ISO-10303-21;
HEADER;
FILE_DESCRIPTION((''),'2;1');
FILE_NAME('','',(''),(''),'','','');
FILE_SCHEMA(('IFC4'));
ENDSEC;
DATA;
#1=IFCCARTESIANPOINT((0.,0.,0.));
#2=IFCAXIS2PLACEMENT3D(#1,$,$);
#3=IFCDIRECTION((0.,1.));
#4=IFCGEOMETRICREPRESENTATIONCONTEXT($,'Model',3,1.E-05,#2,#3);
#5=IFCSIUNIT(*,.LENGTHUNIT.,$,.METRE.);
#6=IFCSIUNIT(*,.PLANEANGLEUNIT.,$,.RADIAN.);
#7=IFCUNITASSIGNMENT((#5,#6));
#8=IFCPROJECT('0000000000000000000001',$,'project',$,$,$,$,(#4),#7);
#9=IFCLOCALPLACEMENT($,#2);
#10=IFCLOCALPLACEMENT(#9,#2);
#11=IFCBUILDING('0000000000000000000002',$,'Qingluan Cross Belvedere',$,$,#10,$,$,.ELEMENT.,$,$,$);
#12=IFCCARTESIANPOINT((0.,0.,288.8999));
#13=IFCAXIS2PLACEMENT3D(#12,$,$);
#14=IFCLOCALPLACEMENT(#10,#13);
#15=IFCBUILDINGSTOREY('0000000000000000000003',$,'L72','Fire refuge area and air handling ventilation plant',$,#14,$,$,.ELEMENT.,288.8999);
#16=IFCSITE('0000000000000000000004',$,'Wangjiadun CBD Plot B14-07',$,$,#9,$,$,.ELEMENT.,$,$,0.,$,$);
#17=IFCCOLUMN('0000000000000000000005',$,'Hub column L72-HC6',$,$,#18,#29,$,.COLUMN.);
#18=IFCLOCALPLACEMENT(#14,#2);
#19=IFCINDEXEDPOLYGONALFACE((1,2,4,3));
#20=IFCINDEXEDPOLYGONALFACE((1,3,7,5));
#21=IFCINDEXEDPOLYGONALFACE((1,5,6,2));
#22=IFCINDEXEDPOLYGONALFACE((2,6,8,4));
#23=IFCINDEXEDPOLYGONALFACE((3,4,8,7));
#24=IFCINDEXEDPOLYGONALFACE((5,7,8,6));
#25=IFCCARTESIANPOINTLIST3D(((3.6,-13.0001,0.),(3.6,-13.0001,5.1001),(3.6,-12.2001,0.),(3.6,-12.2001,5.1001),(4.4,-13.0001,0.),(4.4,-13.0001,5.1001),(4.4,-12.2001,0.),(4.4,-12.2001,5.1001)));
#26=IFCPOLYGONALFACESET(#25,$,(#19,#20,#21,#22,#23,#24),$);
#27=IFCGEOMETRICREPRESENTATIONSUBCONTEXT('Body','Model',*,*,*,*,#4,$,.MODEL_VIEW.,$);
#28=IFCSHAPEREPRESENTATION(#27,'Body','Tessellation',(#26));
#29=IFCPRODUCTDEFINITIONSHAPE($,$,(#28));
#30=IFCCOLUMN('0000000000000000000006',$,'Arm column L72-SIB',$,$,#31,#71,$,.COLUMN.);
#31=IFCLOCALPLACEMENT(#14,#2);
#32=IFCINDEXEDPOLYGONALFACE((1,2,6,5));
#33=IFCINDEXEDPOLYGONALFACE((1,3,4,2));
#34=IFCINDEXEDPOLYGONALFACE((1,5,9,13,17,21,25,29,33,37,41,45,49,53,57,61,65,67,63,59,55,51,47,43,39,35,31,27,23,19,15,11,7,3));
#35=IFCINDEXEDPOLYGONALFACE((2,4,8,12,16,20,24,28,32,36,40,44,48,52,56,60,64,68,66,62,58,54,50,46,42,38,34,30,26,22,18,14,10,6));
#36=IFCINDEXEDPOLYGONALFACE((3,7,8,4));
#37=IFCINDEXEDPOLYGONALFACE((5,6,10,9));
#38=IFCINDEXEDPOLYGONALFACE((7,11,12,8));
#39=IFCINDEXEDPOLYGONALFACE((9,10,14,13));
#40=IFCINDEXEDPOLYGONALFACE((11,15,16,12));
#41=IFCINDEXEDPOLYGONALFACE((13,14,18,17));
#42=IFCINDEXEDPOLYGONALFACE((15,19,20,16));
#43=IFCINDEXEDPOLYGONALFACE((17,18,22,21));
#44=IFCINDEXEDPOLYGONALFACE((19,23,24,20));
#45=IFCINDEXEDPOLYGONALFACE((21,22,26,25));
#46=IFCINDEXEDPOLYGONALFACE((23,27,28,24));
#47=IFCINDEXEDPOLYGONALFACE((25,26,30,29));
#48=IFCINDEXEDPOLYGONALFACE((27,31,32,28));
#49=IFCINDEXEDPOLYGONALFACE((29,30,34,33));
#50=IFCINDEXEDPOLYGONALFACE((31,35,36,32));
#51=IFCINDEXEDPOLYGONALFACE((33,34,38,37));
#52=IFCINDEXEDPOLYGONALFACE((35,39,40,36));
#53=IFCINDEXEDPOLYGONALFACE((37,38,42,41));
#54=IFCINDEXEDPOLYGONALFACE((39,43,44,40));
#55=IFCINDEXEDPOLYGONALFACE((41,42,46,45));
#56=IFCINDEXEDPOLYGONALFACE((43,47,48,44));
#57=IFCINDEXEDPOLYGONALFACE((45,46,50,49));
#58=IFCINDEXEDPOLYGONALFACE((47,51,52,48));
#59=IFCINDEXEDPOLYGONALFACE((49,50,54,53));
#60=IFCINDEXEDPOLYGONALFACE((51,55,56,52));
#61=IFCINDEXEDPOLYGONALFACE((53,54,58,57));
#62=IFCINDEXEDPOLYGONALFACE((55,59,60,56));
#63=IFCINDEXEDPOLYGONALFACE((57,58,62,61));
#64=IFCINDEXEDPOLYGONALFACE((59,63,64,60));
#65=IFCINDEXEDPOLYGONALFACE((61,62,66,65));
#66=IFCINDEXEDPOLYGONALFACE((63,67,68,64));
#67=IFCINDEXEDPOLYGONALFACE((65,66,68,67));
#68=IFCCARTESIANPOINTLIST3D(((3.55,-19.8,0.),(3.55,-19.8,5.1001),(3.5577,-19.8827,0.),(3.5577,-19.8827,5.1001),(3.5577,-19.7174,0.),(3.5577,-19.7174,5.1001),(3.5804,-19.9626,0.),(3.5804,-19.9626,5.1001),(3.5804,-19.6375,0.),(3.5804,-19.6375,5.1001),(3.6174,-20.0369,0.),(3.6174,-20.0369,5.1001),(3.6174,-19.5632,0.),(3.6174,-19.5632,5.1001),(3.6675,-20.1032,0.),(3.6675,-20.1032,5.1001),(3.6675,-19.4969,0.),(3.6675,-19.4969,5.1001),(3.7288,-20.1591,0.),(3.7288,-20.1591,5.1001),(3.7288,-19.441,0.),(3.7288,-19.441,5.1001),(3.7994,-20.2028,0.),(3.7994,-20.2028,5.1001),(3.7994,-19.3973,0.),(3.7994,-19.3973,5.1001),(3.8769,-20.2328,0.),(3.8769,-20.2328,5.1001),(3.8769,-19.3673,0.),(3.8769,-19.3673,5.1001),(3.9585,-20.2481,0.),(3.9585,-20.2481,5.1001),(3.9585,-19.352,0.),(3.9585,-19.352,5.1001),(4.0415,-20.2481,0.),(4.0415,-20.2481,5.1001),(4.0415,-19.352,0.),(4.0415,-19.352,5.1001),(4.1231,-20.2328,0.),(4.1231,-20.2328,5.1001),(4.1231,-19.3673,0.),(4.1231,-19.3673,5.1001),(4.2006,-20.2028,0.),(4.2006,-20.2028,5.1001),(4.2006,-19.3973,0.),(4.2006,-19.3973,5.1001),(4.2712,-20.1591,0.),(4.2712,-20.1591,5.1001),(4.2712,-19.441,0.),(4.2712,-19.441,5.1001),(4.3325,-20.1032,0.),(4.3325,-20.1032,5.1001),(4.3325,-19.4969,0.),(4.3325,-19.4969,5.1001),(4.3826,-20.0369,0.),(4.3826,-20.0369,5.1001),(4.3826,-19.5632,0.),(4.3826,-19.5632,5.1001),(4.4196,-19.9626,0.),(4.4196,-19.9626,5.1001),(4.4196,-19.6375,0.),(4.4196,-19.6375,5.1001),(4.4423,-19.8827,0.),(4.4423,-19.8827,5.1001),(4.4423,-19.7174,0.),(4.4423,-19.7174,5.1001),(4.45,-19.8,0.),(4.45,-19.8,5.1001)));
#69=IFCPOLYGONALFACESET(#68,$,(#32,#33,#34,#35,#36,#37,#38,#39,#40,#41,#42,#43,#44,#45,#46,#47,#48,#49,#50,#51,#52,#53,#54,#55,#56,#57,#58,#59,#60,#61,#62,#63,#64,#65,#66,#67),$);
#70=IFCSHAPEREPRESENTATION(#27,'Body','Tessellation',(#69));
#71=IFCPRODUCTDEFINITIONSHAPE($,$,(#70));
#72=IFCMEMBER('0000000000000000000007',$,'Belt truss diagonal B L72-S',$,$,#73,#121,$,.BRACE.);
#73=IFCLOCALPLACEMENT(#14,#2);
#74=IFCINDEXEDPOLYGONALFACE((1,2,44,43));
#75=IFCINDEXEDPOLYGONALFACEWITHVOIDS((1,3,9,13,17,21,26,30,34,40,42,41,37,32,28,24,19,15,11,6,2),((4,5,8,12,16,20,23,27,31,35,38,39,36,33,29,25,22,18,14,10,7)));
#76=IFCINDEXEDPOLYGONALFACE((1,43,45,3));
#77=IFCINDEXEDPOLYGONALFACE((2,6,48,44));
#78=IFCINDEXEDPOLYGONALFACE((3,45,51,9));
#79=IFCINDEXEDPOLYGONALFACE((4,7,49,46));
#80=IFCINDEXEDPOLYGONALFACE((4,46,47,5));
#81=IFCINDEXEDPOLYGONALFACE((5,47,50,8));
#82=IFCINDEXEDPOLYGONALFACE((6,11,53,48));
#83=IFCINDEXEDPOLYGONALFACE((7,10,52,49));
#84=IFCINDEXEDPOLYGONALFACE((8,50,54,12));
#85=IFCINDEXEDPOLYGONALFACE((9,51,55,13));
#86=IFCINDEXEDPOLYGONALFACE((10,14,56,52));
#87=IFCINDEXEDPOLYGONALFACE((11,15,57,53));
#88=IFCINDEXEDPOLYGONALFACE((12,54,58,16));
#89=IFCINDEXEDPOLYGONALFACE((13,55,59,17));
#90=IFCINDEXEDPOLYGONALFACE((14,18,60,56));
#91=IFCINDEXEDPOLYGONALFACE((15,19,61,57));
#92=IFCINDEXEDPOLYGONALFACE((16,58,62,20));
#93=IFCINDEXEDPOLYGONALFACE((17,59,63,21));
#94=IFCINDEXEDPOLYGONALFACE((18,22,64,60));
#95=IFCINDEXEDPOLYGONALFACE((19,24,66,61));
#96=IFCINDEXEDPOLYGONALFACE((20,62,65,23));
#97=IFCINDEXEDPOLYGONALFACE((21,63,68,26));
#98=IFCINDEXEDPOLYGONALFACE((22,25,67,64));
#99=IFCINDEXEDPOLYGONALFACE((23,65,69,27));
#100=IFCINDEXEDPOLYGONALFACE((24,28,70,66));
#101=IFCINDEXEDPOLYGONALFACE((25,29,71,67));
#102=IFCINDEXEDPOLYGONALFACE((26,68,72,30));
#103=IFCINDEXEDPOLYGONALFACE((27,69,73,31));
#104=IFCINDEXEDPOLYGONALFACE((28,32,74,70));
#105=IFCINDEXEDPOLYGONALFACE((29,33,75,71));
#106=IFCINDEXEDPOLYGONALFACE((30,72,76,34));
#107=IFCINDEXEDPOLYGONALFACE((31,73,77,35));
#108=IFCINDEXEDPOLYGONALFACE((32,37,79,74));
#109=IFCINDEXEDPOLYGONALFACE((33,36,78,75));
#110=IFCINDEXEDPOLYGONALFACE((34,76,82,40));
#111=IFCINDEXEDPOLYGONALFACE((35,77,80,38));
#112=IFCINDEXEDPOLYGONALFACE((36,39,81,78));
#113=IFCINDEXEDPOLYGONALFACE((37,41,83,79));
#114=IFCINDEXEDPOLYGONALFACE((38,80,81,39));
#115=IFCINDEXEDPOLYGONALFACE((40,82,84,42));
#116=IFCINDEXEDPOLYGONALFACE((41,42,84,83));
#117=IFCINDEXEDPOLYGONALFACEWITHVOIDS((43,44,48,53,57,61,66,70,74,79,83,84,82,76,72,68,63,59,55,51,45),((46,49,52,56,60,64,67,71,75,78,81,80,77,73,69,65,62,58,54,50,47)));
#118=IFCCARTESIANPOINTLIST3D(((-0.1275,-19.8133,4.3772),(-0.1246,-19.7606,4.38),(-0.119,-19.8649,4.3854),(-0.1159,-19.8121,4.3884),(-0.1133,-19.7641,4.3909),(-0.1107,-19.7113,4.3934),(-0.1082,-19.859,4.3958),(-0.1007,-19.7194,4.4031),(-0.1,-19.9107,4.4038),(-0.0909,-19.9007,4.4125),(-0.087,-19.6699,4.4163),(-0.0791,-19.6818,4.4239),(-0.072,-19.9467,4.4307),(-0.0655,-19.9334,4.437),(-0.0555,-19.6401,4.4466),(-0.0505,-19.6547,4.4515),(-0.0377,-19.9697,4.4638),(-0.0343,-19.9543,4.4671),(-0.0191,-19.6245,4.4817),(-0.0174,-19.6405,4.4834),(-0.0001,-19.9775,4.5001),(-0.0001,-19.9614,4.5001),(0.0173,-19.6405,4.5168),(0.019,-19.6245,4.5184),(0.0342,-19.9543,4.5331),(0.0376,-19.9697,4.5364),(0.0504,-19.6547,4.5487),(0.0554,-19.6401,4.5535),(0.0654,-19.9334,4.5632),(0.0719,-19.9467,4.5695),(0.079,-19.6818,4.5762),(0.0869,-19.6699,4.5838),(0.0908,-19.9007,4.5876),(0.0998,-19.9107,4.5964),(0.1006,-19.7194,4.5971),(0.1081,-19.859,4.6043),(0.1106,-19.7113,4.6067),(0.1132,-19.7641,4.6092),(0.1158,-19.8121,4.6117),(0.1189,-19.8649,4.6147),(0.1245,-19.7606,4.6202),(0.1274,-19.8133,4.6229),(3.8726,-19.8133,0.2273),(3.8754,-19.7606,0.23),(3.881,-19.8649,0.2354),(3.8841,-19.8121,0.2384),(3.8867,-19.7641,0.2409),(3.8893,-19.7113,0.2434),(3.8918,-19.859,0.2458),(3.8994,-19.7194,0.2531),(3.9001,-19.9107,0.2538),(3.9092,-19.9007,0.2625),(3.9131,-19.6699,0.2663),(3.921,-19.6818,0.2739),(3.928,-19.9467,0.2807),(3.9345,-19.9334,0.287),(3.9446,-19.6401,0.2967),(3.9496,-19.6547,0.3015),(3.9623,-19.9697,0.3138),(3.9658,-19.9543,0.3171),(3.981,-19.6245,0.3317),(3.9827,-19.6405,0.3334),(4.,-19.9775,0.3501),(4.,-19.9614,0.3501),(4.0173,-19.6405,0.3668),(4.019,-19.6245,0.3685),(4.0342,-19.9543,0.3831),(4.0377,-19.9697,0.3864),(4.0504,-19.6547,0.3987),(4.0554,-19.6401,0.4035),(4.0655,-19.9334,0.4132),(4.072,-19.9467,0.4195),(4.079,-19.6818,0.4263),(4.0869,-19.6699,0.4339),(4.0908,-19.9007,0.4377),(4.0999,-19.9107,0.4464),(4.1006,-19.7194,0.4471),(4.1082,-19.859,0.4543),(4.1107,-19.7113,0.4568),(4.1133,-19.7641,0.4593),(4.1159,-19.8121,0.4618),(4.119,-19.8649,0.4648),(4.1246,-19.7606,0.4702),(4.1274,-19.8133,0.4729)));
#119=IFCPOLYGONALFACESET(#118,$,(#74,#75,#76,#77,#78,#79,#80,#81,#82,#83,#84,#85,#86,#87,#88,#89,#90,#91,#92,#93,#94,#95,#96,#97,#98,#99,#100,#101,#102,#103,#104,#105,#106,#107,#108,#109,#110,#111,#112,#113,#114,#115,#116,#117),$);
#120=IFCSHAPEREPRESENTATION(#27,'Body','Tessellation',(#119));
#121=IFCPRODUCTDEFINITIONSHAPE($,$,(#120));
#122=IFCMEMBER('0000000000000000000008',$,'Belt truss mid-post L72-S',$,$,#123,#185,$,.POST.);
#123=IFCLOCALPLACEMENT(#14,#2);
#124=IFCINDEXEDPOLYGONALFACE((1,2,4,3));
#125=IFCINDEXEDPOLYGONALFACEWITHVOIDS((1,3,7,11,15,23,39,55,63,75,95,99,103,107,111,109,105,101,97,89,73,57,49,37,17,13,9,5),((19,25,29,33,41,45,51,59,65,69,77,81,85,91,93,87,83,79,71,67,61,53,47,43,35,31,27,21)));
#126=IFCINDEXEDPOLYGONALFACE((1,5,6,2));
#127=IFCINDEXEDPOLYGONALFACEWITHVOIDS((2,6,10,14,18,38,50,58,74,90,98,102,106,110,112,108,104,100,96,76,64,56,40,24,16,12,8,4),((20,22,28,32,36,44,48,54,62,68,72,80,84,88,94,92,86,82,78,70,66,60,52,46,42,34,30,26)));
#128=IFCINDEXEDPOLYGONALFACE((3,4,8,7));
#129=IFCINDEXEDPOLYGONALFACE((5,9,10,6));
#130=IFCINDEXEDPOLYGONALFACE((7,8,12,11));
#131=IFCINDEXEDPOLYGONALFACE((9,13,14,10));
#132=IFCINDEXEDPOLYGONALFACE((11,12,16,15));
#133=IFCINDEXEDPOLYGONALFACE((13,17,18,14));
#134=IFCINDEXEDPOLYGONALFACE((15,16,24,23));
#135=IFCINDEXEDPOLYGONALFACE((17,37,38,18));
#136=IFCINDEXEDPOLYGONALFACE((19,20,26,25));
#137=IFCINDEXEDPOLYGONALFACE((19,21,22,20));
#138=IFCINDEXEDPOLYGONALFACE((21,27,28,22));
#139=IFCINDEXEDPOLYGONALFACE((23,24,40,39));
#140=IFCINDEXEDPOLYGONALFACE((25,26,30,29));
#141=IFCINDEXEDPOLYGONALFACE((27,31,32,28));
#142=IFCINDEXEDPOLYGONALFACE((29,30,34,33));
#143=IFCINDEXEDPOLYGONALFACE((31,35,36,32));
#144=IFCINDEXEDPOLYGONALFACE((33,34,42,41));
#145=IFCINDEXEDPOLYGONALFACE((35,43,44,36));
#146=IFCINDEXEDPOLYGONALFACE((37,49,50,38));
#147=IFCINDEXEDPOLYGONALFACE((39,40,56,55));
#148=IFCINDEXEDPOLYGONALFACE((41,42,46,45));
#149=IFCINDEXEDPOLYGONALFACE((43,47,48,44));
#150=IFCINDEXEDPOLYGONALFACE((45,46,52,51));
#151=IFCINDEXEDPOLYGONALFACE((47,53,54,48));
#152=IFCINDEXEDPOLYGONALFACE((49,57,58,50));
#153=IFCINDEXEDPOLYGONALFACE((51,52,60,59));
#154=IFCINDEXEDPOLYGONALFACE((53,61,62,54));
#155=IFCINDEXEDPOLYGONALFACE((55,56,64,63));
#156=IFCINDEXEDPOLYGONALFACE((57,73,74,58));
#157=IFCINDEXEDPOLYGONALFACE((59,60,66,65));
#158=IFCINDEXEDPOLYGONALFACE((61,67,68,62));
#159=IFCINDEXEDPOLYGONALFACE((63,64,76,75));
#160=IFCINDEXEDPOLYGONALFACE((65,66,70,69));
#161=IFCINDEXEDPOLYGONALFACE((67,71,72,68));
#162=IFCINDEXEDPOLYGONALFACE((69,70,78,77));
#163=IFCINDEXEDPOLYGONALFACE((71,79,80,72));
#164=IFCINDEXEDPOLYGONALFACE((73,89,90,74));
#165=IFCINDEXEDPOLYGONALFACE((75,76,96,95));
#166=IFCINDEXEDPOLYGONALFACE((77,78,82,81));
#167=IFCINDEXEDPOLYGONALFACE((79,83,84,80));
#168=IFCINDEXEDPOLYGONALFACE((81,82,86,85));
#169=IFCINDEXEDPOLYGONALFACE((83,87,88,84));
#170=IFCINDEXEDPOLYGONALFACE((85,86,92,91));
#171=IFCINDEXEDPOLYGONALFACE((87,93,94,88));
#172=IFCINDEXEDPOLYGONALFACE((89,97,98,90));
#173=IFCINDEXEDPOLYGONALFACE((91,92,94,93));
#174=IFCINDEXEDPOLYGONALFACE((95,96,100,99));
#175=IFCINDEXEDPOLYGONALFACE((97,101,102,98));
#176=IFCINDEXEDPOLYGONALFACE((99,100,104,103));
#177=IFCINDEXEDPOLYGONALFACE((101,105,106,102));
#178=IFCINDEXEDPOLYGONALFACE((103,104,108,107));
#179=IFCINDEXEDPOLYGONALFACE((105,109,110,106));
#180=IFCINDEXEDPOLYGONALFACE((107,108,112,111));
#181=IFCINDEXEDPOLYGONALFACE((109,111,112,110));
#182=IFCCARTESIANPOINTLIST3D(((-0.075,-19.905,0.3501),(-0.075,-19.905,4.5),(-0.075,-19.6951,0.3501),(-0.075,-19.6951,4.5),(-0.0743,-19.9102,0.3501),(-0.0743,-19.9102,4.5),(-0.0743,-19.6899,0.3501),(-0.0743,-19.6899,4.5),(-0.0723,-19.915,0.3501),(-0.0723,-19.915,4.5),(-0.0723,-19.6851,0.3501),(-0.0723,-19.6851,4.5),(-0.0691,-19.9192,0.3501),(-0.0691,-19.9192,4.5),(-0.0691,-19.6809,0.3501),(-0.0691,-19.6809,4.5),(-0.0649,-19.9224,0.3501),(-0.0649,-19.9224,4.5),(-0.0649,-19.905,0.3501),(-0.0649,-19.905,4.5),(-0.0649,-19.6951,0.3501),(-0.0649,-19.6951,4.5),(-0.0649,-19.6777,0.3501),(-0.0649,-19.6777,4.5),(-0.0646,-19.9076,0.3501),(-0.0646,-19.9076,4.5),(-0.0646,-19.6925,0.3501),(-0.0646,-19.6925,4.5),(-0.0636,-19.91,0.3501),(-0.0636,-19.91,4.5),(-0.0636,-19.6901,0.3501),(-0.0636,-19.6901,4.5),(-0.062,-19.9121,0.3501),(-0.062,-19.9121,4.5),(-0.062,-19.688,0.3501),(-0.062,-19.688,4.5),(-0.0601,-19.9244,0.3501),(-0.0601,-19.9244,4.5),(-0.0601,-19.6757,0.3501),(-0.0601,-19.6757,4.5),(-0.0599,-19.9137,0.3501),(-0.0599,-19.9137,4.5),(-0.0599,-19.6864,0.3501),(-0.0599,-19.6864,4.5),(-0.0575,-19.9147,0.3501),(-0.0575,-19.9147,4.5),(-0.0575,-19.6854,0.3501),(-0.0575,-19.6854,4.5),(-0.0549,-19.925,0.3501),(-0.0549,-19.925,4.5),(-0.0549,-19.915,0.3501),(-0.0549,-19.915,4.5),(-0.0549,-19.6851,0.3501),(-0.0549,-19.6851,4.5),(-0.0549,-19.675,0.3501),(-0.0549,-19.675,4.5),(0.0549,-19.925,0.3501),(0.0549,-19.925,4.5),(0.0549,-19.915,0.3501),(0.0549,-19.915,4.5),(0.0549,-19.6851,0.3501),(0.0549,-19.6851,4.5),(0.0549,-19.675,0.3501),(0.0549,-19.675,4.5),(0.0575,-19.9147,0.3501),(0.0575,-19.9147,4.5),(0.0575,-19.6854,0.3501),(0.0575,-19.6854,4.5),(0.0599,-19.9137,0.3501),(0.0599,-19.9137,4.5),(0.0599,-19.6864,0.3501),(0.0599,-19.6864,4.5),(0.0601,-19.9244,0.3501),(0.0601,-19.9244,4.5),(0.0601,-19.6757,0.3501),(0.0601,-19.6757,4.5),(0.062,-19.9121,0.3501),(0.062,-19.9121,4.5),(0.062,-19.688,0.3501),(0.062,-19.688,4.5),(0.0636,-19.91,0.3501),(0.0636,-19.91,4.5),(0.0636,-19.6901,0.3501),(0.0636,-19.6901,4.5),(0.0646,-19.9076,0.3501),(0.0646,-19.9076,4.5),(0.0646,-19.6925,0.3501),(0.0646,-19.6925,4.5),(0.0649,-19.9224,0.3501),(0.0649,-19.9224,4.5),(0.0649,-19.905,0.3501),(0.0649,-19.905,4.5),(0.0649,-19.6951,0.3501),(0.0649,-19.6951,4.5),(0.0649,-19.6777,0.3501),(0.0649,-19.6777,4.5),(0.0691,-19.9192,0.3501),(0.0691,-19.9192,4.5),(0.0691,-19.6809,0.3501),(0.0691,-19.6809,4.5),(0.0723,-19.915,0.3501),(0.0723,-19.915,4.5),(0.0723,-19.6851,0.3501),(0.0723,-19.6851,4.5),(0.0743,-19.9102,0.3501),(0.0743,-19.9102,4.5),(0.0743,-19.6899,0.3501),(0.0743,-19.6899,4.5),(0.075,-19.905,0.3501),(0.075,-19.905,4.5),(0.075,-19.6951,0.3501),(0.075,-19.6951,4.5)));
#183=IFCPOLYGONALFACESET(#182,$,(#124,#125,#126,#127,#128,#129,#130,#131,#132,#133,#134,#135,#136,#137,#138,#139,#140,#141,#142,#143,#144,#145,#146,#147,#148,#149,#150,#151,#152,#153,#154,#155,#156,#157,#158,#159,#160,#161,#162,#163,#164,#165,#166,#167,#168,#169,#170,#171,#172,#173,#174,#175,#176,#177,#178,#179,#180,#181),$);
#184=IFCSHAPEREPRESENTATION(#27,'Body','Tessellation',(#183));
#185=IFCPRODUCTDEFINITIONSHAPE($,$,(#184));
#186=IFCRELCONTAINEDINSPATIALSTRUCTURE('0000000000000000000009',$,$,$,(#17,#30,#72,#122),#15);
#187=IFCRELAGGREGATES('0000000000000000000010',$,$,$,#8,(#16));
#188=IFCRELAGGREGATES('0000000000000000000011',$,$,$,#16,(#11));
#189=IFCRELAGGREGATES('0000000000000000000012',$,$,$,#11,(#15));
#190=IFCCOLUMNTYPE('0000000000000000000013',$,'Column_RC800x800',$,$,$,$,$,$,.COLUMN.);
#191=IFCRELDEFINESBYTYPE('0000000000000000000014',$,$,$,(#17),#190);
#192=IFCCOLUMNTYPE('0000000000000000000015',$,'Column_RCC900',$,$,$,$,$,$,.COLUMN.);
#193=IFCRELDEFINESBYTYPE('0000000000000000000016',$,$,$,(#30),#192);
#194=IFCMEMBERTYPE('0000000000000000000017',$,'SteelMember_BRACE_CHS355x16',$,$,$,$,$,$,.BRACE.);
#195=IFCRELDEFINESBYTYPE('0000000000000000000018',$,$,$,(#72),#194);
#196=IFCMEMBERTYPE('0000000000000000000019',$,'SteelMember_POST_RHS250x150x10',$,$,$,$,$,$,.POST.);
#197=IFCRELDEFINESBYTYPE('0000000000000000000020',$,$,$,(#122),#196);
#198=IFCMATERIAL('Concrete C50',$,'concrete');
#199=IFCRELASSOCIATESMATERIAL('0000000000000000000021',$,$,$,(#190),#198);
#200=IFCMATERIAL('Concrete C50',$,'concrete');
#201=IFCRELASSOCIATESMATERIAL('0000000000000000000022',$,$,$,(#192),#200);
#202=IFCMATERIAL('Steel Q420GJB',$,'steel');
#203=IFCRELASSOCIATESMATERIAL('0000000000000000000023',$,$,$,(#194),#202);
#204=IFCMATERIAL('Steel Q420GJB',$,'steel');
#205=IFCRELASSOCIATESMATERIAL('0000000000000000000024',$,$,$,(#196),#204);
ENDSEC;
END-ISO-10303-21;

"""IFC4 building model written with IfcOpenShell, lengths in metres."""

from ifc_helpers import new_model, si_unit, direction, frame, origin, origin_2d, place, context, subcontext, project, spatial, rectangle, hollow_rectangle, circle, hollow_circle, extrude, material, material_profile, profile_set, type_object, element, save


model = new_model("IFC4")

# Units and contexts
model_context = context("Model", 3, precision=1e-05, world=origin(), true_north=direction((0.0, 1.0)))
body_context = subcontext(model_context, "Body", "Model", "MODEL_VIEW")
ifc_project = project(units=[si_unit("LENGTHUNIT", "METRE"), si_unit("PLANEANGLEUNIT", "RADIAN")], contexts=[model_context])

# Site, building, storey
site_placement = place(None, origin())
site = spatial("IfcSite", under=ifc_project, at=site_placement, Name="Wangjiadun CBD Plot B14-07", CompositionType="ELEMENT", RefElevation=0.0)
building_placement = place(site_placement, origin())
building = spatial("IfcBuilding", under=site, at=building_placement, Name="Qingluan Cross Belvedere", CompositionType="ELEMENT")
storey_placement = place(building_placement, frame((0.0, 0.0, 288.8999)))
storey = spatial("IfcBuildingStorey", under=building, at=storey_placement, Name="L72", Description="Fire refuge area and air handling ventilation plant", CompositionType="ELEMENT", Elevation=288.8999)

# Columns
ifc_material_1 = material(Name="Concrete C50", Category="concrete")
ifc_material_profile_1 = material_profile(ifc_material_1, rectangle(XDim=0.8, YDim=0.8, at=origin_2d()), Name="RC800x800")
ifc_profile_set_1 = profile_set([ifc_material_profile_1], Name="Concrete C50")
column_type_1 = type_object("IfcColumnType", Name="Column_RC800x800", PredefinedType="COLUMN", material=ifc_profile_set_1)
column_1_placement = place(storey_placement, frame((4.0, -12.6001, 0.0), z_axis=(0.0, 0.0, 1.0), x_axis=(1.0, 0.0, 0.0)))
element("IfcColumn", 1, at=column_1_placement, inside=storey, type_object=column_type_1, Name="Hub column L72-HC6", PredefinedType="COLUMN", context=body_context, shape_type="SweptSolid", body=[
    extrude(rectangle(XDim=0.8, YDim=0.8, at=origin_2d()), origin(), (0.0, 0.0, 1.0), 5.1001),
])
ifc_material_2 = material(Name="Concrete C50", Category="concrete")
ifc_material_profile_2 = material_profile(ifc_material_2, circle(Radius=0.45, at=origin_2d()), Name="RCC900")
ifc_profile_set_2 = profile_set([ifc_material_profile_2], Name="Concrete C50")
column_type_2 = type_object("IfcColumnType", Name="Column_RCC900", PredefinedType="COLUMN", material=ifc_profile_set_2)
column_2_placement = place(storey_placement, frame((4.0, -19.8, 0.0), z_axis=(0.0, 0.0, 1.0), x_axis=(1.0, 0.0, 0.0)))
element("IfcColumn", 2, at=column_2_placement, inside=storey, type_object=column_type_2, Name="Arm column L72-SIB", PredefinedType="COLUMN", context=body_context, shape_type="SweptSolid", body=[
    extrude(circle(Radius=0.45, at=origin_2d()), origin(), (0.0, 0.0, 1.0), 5.1001),
])

# Members
ifc_material_3 = material(Name="Steel Q420GJB", Category="steel")
ifc_material_profile_3 = material_profile(ifc_material_3, hollow_circle(Radius=0.1775, WallThickness=0.0161, at=origin_2d()), Name="CHS355x16")
ifc_profile_set_3 = profile_set([ifc_material_profile_3], Name="Steel Q420GJB")
member_type_1 = type_object("IfcMemberType", Name="SteelMember_BRACE_CHS355x16", PredefinedType="BRACE", material=ifc_profile_set_3)
member_1_placement = place(storey_placement, frame((4.0, -19.8, 0.3501), z_axis=(-0.693983, 0.0, 0.719991), x_axis=(0.0, -1.0, 0.0)))
element("IfcMember", 3, at=member_1_placement, inside=storey, type_object=member_type_1, Name="Belt truss diagonal B L72-S", PredefinedType="BRACE", context=body_context, shape_type="SweptSolid", body=[
    extrude(hollow_circle(Radius=0.1775, WallThickness=0.0161, at=origin_2d()), origin(), (0.0, 0.0, 1.0), 5.7639),
])
ifc_material_4 = material(Name="Steel Q420GJB", Category="steel")
ifc_material_profile_4 = material_profile(ifc_material_4, hollow_rectangle(XDim=0.1499, YDim=0.25, WallThickness=0.01, InnerFilletRadius=0.01, OuterFilletRadius=0.02, at=origin_2d()), Name="RHS250x150x10")
ifc_profile_set_4 = profile_set([ifc_material_profile_4], Name="Steel Q420GJB")
member_type_2 = type_object("IfcMemberType", Name="SteelMember_POST_RHS250x150x10", PredefinedType="POST", material=ifc_profile_set_4)
member_2_placement = place(storey_placement, frame((0.0, -19.8, 0.3501), z_axis=(0.0, 0.0, 1.0), x_axis=(1.0, 0.0, 0.0)))
element("IfcMember", 4, at=member_2_placement, inside=storey, type_object=member_type_2, Name="Belt truss mid-post L72-S", PredefinedType="POST", context=body_context, shape_type="SweptSolid", body=[
    extrude(hollow_rectangle(XDim=0.1499, YDim=0.25, WallThickness=0.01, InnerFilletRadius=0.01, OuterFilletRadius=0.02, at=origin_2d()), origin(), (0.0, 0.0, 1.0), 4.1499),
])

save(model, "model.ifc")
